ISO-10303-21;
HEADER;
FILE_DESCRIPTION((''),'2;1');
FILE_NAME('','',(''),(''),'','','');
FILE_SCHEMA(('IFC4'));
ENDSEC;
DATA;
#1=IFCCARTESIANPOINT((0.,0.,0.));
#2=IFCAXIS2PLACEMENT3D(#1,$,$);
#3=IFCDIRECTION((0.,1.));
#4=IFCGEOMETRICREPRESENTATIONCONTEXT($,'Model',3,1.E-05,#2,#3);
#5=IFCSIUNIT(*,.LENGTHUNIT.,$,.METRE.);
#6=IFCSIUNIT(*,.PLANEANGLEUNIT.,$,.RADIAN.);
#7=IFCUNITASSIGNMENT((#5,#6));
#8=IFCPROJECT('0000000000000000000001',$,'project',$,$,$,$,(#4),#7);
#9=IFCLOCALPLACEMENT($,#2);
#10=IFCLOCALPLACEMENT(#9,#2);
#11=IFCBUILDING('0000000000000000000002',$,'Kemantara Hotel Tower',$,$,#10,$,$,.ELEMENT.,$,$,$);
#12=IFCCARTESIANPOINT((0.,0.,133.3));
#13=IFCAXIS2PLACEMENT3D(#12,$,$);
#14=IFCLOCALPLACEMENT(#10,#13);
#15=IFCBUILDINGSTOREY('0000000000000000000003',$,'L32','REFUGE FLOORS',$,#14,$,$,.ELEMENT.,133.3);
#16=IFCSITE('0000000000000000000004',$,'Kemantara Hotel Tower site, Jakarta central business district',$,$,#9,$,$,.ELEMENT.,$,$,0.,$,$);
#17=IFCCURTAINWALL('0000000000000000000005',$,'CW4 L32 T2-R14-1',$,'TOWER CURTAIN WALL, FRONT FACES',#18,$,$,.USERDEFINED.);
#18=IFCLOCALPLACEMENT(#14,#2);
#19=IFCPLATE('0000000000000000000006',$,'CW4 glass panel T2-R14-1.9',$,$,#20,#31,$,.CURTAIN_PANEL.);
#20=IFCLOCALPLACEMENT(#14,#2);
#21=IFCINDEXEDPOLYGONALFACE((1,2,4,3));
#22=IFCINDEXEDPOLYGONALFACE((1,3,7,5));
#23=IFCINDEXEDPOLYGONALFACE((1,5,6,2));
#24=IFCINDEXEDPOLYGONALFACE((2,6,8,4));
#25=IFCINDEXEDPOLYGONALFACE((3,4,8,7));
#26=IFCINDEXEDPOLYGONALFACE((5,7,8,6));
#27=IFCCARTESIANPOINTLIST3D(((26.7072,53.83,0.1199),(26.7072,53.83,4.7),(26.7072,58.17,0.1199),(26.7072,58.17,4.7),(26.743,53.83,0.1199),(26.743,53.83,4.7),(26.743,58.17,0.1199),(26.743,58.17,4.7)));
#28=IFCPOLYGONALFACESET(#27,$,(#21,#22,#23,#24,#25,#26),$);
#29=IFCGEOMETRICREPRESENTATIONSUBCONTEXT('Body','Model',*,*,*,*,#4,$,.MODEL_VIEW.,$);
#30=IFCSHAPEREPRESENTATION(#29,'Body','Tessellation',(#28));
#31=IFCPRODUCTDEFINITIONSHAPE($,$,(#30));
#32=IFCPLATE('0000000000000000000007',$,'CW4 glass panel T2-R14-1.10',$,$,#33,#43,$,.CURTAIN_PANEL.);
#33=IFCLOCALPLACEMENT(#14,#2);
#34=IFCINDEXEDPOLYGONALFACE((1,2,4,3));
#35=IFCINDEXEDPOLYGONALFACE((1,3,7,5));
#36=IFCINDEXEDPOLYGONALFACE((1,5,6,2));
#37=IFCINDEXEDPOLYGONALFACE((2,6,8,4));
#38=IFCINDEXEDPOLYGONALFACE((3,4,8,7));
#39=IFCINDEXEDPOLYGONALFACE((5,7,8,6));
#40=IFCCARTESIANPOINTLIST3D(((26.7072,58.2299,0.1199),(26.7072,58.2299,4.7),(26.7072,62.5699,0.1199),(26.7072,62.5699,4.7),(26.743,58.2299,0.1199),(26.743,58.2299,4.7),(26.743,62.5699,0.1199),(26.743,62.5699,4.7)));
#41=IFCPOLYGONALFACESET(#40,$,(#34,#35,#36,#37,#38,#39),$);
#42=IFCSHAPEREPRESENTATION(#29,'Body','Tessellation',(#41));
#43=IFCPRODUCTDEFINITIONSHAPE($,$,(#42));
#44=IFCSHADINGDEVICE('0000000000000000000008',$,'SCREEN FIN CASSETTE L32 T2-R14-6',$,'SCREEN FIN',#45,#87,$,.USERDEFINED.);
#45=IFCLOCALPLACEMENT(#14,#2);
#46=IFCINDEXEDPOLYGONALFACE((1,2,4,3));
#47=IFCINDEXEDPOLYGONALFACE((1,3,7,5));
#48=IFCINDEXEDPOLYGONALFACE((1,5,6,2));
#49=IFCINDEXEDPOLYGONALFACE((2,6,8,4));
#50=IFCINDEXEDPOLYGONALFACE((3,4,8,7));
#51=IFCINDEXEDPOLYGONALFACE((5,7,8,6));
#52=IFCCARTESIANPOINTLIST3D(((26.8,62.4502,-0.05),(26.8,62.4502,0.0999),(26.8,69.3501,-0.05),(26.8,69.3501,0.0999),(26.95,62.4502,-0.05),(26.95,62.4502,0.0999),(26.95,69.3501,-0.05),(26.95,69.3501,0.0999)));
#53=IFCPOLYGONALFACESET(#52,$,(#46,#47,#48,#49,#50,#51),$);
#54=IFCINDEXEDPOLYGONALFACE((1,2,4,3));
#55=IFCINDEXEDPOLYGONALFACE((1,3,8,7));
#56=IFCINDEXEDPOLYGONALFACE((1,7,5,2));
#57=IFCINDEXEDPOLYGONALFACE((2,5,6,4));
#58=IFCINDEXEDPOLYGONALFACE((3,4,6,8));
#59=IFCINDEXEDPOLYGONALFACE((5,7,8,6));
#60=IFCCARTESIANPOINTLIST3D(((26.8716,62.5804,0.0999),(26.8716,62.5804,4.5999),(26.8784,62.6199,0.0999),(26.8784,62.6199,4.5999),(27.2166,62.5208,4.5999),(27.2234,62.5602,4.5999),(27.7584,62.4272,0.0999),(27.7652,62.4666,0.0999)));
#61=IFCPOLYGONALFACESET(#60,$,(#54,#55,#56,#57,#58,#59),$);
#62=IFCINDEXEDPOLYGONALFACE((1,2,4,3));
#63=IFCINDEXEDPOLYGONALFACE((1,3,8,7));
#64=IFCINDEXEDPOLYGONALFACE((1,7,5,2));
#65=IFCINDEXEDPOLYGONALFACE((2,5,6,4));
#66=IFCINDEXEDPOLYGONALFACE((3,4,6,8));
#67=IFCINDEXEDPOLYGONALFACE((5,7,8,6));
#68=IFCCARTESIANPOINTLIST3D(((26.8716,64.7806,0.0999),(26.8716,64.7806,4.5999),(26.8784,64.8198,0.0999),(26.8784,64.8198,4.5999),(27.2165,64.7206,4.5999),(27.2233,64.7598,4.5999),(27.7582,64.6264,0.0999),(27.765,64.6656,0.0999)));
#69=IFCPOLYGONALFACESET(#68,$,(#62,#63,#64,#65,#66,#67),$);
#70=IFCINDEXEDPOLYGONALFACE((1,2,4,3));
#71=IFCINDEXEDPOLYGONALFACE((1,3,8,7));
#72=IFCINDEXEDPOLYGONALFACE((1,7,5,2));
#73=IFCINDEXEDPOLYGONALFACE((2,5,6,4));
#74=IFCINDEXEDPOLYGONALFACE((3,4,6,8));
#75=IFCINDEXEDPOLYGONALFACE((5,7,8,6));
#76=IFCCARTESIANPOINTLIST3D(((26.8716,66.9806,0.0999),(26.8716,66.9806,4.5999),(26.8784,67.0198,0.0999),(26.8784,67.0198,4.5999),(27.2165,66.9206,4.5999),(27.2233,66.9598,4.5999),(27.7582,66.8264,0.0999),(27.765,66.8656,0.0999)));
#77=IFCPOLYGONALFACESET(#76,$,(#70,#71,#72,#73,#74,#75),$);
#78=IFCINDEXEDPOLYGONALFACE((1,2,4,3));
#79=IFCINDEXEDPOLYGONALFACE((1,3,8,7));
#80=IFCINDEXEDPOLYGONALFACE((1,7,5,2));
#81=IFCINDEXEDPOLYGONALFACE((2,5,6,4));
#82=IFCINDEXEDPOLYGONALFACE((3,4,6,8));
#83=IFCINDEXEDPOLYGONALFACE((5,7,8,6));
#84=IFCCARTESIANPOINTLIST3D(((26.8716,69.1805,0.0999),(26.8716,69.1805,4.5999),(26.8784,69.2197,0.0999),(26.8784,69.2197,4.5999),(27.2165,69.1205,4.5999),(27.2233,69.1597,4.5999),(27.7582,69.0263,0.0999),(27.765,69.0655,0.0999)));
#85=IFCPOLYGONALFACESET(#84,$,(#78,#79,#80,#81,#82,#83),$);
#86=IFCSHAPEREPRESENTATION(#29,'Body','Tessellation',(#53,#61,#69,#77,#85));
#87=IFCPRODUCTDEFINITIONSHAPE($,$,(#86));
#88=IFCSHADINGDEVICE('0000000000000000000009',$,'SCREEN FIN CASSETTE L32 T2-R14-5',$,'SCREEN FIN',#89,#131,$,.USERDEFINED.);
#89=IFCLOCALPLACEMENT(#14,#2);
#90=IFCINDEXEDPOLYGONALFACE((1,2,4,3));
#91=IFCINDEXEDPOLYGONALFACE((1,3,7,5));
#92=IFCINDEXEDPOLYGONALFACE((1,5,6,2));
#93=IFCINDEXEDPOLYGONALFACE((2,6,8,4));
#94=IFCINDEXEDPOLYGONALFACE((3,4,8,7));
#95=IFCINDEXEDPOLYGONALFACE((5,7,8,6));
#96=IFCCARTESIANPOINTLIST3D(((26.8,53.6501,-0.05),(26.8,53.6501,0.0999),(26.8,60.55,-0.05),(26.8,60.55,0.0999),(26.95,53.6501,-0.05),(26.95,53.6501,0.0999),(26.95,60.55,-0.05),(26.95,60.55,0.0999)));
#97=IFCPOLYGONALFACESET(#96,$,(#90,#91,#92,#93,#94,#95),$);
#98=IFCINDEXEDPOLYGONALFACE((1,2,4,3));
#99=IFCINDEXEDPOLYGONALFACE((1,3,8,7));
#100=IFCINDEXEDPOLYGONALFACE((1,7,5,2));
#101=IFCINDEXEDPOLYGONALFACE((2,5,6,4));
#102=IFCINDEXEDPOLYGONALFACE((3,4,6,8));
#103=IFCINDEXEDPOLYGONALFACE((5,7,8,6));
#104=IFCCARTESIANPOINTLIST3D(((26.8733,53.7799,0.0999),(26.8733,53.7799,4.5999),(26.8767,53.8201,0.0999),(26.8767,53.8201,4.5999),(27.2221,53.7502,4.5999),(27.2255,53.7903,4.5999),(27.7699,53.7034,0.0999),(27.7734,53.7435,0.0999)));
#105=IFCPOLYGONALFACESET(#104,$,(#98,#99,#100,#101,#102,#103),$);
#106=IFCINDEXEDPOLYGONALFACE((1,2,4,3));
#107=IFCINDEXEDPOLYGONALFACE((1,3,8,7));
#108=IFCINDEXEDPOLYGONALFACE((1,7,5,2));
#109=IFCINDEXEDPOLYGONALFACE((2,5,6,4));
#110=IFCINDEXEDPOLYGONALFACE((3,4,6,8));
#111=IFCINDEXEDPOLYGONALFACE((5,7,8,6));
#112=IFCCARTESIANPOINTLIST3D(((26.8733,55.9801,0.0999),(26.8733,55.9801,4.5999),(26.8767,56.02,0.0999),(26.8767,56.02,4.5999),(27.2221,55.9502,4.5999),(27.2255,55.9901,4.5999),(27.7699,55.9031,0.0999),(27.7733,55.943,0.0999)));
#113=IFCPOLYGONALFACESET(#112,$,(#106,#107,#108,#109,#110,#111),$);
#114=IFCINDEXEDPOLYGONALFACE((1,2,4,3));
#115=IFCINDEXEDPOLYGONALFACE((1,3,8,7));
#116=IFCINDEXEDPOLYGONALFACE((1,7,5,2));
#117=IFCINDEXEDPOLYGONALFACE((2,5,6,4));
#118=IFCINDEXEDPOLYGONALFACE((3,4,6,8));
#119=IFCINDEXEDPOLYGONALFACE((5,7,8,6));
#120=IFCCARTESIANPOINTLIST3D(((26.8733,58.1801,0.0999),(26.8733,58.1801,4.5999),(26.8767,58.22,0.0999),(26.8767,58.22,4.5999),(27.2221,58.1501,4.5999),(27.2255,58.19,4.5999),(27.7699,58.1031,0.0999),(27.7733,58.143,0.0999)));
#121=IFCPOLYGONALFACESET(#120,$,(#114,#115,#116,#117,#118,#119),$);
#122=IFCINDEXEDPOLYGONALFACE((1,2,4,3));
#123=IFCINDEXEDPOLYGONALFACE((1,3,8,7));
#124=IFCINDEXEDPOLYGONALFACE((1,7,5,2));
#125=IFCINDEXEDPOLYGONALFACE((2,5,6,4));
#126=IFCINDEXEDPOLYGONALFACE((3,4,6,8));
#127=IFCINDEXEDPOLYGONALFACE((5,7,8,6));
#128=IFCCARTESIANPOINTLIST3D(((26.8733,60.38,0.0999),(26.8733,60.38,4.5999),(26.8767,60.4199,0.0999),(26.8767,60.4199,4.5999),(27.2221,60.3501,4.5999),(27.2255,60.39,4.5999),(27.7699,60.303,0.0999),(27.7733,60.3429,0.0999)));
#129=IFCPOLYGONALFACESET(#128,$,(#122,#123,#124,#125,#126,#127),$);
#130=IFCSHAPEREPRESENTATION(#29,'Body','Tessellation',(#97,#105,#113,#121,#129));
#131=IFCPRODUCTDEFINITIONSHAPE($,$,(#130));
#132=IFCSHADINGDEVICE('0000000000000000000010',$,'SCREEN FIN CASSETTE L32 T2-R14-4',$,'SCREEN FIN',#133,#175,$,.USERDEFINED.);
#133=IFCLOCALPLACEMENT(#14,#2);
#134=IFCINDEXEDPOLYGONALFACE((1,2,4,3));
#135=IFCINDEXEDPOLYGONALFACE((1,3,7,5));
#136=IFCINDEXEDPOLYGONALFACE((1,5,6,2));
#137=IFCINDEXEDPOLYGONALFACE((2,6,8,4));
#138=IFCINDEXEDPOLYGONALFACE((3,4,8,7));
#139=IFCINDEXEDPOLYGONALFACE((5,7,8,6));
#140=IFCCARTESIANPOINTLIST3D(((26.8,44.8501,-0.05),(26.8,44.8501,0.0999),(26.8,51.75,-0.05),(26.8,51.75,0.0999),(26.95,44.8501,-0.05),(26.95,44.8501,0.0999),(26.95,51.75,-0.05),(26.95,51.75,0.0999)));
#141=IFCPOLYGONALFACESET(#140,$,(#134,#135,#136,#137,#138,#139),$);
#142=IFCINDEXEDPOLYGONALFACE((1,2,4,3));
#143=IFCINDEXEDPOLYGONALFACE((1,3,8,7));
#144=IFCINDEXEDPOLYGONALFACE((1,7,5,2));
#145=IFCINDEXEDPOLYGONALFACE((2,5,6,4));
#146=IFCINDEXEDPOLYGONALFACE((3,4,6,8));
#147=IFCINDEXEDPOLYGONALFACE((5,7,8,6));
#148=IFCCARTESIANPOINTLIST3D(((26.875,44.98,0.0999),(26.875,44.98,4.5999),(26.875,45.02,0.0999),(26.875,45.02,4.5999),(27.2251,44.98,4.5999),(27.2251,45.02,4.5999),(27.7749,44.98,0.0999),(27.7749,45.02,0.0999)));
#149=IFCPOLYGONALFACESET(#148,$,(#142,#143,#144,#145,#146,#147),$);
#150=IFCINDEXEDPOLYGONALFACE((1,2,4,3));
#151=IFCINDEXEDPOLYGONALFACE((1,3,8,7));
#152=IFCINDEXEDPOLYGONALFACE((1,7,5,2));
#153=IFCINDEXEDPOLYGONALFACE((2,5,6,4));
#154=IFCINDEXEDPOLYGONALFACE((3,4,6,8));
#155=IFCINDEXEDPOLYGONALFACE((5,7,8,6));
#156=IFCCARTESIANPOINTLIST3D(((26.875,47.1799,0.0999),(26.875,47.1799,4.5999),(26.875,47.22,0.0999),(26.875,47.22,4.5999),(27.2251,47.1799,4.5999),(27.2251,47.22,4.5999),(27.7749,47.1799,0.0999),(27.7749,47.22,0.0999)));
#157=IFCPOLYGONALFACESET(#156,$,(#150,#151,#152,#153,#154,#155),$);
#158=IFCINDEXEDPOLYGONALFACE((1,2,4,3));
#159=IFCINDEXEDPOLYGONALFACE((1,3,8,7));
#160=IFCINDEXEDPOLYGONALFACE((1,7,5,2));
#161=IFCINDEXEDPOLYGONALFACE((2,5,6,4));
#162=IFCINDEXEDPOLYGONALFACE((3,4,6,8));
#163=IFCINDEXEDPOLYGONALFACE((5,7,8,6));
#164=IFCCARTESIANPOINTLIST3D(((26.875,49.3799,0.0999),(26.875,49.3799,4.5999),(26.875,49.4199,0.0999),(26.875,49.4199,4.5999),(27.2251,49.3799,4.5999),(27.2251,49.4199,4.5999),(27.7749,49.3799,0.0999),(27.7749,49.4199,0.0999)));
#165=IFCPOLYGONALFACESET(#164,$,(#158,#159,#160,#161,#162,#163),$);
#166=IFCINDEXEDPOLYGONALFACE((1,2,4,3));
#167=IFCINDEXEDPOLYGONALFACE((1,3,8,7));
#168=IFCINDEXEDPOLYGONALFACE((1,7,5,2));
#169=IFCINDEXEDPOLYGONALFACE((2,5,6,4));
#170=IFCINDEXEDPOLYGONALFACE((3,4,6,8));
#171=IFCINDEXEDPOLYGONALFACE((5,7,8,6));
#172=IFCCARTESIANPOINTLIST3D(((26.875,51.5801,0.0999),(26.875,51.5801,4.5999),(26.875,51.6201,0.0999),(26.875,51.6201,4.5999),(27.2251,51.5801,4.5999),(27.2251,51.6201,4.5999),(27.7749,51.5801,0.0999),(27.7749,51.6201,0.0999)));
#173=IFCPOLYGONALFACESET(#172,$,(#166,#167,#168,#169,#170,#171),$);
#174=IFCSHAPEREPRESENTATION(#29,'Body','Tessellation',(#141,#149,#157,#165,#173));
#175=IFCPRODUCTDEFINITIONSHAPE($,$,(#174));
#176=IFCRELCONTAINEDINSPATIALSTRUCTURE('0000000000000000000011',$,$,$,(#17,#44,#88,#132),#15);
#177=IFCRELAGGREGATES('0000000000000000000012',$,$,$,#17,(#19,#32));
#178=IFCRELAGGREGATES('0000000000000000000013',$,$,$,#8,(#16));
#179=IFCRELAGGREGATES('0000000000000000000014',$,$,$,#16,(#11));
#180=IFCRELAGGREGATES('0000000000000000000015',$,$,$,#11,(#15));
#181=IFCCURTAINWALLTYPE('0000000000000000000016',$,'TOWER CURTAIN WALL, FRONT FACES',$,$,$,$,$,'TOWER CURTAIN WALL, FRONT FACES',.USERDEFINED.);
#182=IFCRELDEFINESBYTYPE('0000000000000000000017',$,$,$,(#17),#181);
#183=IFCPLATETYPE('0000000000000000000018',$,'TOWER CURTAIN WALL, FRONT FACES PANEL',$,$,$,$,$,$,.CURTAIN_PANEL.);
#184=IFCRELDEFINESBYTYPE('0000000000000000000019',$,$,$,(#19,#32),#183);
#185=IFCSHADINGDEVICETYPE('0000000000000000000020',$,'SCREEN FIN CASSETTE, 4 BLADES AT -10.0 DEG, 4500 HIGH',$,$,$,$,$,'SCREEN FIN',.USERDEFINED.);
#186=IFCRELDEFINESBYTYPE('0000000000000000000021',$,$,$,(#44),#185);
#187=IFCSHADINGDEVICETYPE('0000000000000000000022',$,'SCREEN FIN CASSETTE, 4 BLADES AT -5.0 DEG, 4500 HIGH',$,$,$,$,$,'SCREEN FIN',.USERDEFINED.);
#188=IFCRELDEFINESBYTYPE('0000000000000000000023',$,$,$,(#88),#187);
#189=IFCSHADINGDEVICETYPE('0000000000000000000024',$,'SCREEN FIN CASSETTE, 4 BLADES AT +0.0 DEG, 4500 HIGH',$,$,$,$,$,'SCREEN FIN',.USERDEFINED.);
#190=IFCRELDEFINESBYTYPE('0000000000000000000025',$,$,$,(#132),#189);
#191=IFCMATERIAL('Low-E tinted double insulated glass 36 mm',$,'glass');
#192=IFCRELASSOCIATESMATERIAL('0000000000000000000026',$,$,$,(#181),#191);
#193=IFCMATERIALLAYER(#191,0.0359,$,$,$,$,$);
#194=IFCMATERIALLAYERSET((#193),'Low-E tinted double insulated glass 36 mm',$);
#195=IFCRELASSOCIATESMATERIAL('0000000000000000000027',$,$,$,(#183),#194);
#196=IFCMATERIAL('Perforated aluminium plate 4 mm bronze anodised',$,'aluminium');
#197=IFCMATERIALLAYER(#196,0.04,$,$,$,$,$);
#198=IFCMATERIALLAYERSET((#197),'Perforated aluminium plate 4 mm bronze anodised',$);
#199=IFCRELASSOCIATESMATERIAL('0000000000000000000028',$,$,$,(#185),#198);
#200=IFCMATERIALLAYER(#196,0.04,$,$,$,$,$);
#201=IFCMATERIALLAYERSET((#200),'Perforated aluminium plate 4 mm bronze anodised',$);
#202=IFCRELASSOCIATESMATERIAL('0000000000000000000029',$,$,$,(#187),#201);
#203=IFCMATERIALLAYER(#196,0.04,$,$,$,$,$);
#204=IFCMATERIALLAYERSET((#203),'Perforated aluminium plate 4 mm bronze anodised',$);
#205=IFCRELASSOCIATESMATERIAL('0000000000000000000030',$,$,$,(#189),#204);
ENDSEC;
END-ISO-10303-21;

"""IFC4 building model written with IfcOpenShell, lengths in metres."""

from ifc_helpers import new_model, si_unit, direction, frame, origin, origin_2d, place, context, subcontext, project, spatial, polyline, rectangle, outline, extrude, source, transform, mapped, material, layer, layer_set, type_object, element, aggregate, save


model = new_model("IFC4")

# Units and contexts
model_context = context("Model", 3, precision=1e-05, world=origin(), true_north=direction((0.0, 1.0)))
body_context = subcontext(model_context, "Body", "Model", "MODEL_VIEW")
ifc_project = project(units=[si_unit("LENGTHUNIT", "METRE"), si_unit("PLANEANGLEUNIT", "RADIAN")], contexts=[model_context])

# Site, building, storey
site_placement = place(None, origin())
site = spatial("IfcSite", under=ifc_project, at=site_placement, Name="Kemantara Hotel Tower site, Jakarta central business district", CompositionType="ELEMENT", RefElevation=0.0)
building_placement = place(site_placement, origin())
building = spatial("IfcBuilding", under=site, at=building_placement, Name="Kemantara Hotel Tower", CompositionType="ELEMENT")
storey_placement = place(building_placement, frame((0.0, 0.0, 133.3)))
storey = spatial("IfcBuildingStorey", under=building, at=storey_placement, Name="L32", Description="REFUGE FLOORS", CompositionType="ELEMENT", Elevation=133.3)

# Curtain wall, plates
ifc_material_1 = material(Name="Low-E tinted double insulated glass 36 mm", Category="glass")
curtain_wall_type = type_object("IfcCurtainWallType", Name="TOWER CURTAIN WALL, FRONT FACES", ElementType="TOWER CURTAIN WALL, FRONT FACES", PredefinedType="USERDEFINED", material=ifc_material_1)
curtain_wall_placement = place(storey_placement, origin())
curtain_wall = element("IfcCurtainWall", 1, at=curtain_wall_placement, inside=storey, type_object=curtain_wall_type, Name="CW4 L32 T2-R14-1", ObjectType="TOWER CURTAIN WALL, FRONT FACES", PredefinedType="USERDEFINED")
ifc_layer_1 = layer(ifc_material_1, 0.0359)
ifc_layer_set_1 = layer_set([ifc_layer_1], Name="Low-E tinted double insulated glass 36 mm")
plate_type = type_object("IfcPlateType", Name="TOWER CURTAIN WALL, FRONT FACES PANEL", PredefinedType="CURTAIN_PANEL", material=ifc_layer_set_1)
shared_shape_1 = source(origin(), body_context, "Body", "SweptSolid", [
    extrude(rectangle(XDim=4.3401, YDim=0.0359, at=origin_2d()), origin(), (0.0, 0.0, 1.0), 4.5801),
])
plate_1_placement = place(storey_placement, frame((26.7251, 56.0, 0.1199), z_axis=(0.0, 0.0, 1.0), x_axis=(0.0, 1.0, 0.0)))
plate_1 = element("IfcPlate", 2, at=plate_1_placement, type_object=plate_type, Name="CW4 glass panel T2-R14-1.9", PredefinedType="CURTAIN_PANEL", context=body_context, shape_type="MappedRepresentation", body=[
    mapped(shared_shape_1, transform((0.0, 0.0, 0.0))),
])
plate_2_placement = place(storey_placement, frame((26.7251, 60.3999, 0.1199), z_axis=(0.0, 0.0, 1.0), x_axis=(0.0, 1.0, 0.0)))
plate_2 = element("IfcPlate", 3, at=plate_2_placement, type_object=plate_type, Name="CW4 glass panel T2-R14-1.10", PredefinedType="CURTAIN_PANEL", context=body_context, shape_type="MappedRepresentation", body=[
    mapped(shared_shape_1, transform((0.0, 0.0, 0.0))),
])
aggregate(curtain_wall, [plate_1, plate_2])

# Shading devices
ifc_material_2 = material(Name="Perforated aluminium plate 4 mm bronze anodised", Category="aluminium")
ifc_layer_2 = layer(ifc_material_2, 0.04)
ifc_layer_set_2 = layer_set([ifc_layer_2], Name="Perforated aluminium plate 4 mm bronze anodised")
shading_device_type_1 = type_object("IfcShadingDeviceType", Name="SCREEN FIN CASSETTE, 4 BLADES AT -10.0 DEG, 4500 HIGH", ElementType="SCREEN FIN", PredefinedType="USERDEFINED", material=ifc_layer_set_2)
shared_shape_2 = source(origin(), body_context, "Body", "SweptSolid", [
    extrude(rectangle(XDim=6.8999, YDim=0.1499, at=origin_2d()), frame((3.3, -0.075, -0.1499), z_axis=(0.0, 0.0, 1.0), x_axis=(1.0, 0.0, 0.0)), (0.0, 0.0, 1.0), 0.1499),
    extrude(outline(polyline([(0.0, 0.0), (0.8999, 0.0), (0.3501, 4.5), (0.0, 4.5), (0.0, 0.0)])), frame((0.0198, -0.0784, 0.0), z_axis=(-0.98539, 0.170314, 0.0), x_axis=(-0.170314, -0.98539, 0.0)), (0.0, 0.0, 1.0), 0.04),
    extrude(outline(polyline([(0.0, 0.0), (0.8999, 0.0), (0.3501, 4.5), (0.0, 4.5), (0.0, 0.0)])), frame((2.2197, -0.0784, 0.0), z_axis=(-0.985212, 0.171341, 0.0), x_axis=(-0.171341, -0.985212, 0.0)), (0.0, 0.0, 1.0), 0.0398),
    extrude(outline(polyline([(0.0, 0.0), (0.8999, 0.0), (0.3501, 4.5), (0.0, 4.5), (0.0, 0.0)])), frame((4.4197, -0.0784, 0.0), z_axis=(-0.985212, 0.171341, 0.0), x_axis=(-0.171341, -0.985212, 0.0)), (0.0, 0.0, 1.0), 0.0398),
    extrude(outline(polyline([(0.0, 0.0), (0.8999, 0.0), (0.3501, 4.5), (0.0, 4.5), (0.0, 0.0)])), frame((6.6196, -0.0784, 0.0), z_axis=(-0.985212, 0.171341, 0.0), x_axis=(-0.171341, -0.985212, 0.0)), (0.0, 0.0, 1.0), 0.0398),
])
shading_device_1_placement = place(storey_placement, frame((26.8, 62.6001, 0.0999), z_axis=(0.0, 0.0, 1.0), x_axis=(0.0, 1.0, 0.0)))
element("IfcShadingDevice", 4, at=shading_device_1_placement, inside=storey, type_object=shading_device_type_1, Name="SCREEN FIN CASSETTE L32 T2-R14-6", ObjectType="SCREEN FIN", PredefinedType="USERDEFINED", context=body_context, shape_type="MappedRepresentation", body=[
    mapped(shared_shape_2, transform((0.0, 0.0, 0.0))),
])
ifc_layer_3 = layer(ifc_material_2, 0.04)
ifc_layer_set_3 = layer_set([ifc_layer_3], Name="Perforated aluminium plate 4 mm bronze anodised")
shading_device_type_2 = type_object("IfcShadingDeviceType", Name="SCREEN FIN CASSETTE, 4 BLADES AT -5.0 DEG, 4500 HIGH", ElementType="SCREEN FIN", PredefinedType="USERDEFINED", material=ifc_layer_set_3)
shared_shape_3 = source(origin(), body_context, "Body", "SweptSolid", [
    extrude(rectangle(XDim=6.8999, YDim=0.1499, at=origin_2d()), frame((3.3, -0.075, -0.1499), z_axis=(0.0, 0.0, 1.0), x_axis=(1.0, 0.0, 0.0)), (0.0, 0.0, 1.0), 0.1499),
    extrude(outline(polyline([(0.0, 0.0), (0.8999, 0.0), (0.3501, 4.5), (0.0, 4.5), (0.0, 0.0)])), frame((0.02, -0.0767, 0.0), z_axis=(-0.996376, 0.085056, 0.0), x_axis=(-0.085056, -0.996376, 0.0)), (0.0, 0.0, 1.0), 0.0403),
    extrude(outline(polyline([(0.0, 0.0), (0.8999, 0.0), (0.3501, 4.5), (0.0, 4.5), (0.0, 0.0)])), frame((2.22, -0.0767, 0.0), z_axis=(-0.996332, 0.085575, 0.0), x_axis=(-0.085575, -0.996332, 0.0)), (0.0, 0.0, 1.0), 0.04),
    extrude(outline(polyline([(0.0, 0.0), (0.8999, 0.0), (0.3501, 4.5), (0.0, 4.5), (0.0, 0.0)])), frame((4.4199, -0.0767, 0.0), z_axis=(-0.996332, 0.085575, 0.0), x_axis=(-0.085575, -0.996332, 0.0)), (0.0, 0.0, 1.0), 0.04),
    extrude(outline(polyline([(0.0, 0.0), (0.8999, 0.0), (0.3501, 4.5), (0.0, 4.5), (0.0, 0.0)])), frame((6.6199, -0.0767, 0.0), z_axis=(-0.996332, 0.085575, 0.0), x_axis=(-0.085575, -0.996332, 0.0)), (0.0, 0.0, 1.0), 0.04),
])
shading_device_2_placement = place(storey_placement, frame((26.8, 53.8, 0.0999), z_axis=(0.0, 0.0, 1.0), x_axis=(0.0, 1.0, 0.0)))
element("IfcShadingDevice", 5, at=shading_device_2_placement, inside=storey, type_object=shading_device_type_2, Name="SCREEN FIN CASSETTE L32 T2-R14-5", ObjectType="SCREEN FIN", PredefinedType="USERDEFINED", context=body_context, shape_type="MappedRepresentation", body=[
    mapped(shared_shape_3, transform((0.0, 0.0, 0.0))),
])
ifc_layer_4 = layer(ifc_material_2, 0.04)
ifc_layer_set_4 = layer_set([ifc_layer_4], Name="Perforated aluminium plate 4 mm bronze anodised")
shading_device_type_3 = type_object("IfcShadingDeviceType", Name="SCREEN FIN CASSETTE, 4 BLADES AT +0.0 DEG, 4500 HIGH", ElementType="SCREEN FIN", PredefinedType="USERDEFINED", material=ifc_layer_set_4)
shared_shape_4 = source(origin(), body_context, "Body", "SweptSolid", [
    extrude(rectangle(XDim=6.8999, YDim=0.1499, at=origin_2d()), frame((3.3, -0.075, -0.1499), z_axis=(0.0, 0.0, 1.0), x_axis=(1.0, 0.0, 0.0)), (0.0, 0.0, 1.0), 0.1499),
    extrude(outline(polyline([(0.0, 0.0), (0.8999, 0.0), (0.3501, 4.5), (0.0, 4.5), (0.0, 0.0)])), frame((0.02, -0.075, 0.0), z_axis=(-1.0, 0.0, 0.0), x_axis=(0.0, -1.0, 0.0)), (0.0, 0.0, 1.0), 0.04),
    extrude(outline(polyline([(0.0, 0.0), (0.8999, 0.0), (0.3501, 4.5), (0.0, 4.5), (0.0, 0.0)])), frame((2.22, -0.075, 0.0), z_axis=(-1.0, 0.0, 0.0), x_axis=(0.0, -1.0, 0.0)), (0.0, 0.0, 1.0), 0.04),
    extrude(outline(polyline([(0.0, 0.0), (0.8999, 0.0), (0.3501, 4.5), (0.0, 4.5), (0.0, 0.0)])), frame((4.4199, -0.075, 0.0), z_axis=(-1.0, 0.0, 0.0), x_axis=(0.0, -1.0, 0.0)), (0.0, 0.0, 1.0), 0.04),
    extrude(outline(polyline([(0.0, 0.0), (0.8999, 0.0), (0.3501, 4.5), (0.0, 4.5), (0.0, 0.0)])), frame((6.6201, -0.075, 0.0), z_axis=(-1.0, 0.0, 0.0), x_axis=(0.0, -1.0, 0.0)), (0.0, 0.0, 1.0), 0.04),
])
shading_device_3_placement = place(storey_placement, frame((26.8, 45.0, 0.0999), z_axis=(0.0, 0.0, 1.0), x_axis=(0.0, 1.0, 0.0)))
element("IfcShadingDevice", 6, at=shading_device_3_placement, inside=storey, type_object=shading_device_type_3, Name="SCREEN FIN CASSETTE L32 T2-R14-4", ObjectType="SCREEN FIN", PredefinedType="USERDEFINED", context=body_context, shape_type="MappedRepresentation", body=[
    mapped(shared_shape_4, transform((0.0, 0.0, 0.0))),
])

save(model, "model.ifc")
